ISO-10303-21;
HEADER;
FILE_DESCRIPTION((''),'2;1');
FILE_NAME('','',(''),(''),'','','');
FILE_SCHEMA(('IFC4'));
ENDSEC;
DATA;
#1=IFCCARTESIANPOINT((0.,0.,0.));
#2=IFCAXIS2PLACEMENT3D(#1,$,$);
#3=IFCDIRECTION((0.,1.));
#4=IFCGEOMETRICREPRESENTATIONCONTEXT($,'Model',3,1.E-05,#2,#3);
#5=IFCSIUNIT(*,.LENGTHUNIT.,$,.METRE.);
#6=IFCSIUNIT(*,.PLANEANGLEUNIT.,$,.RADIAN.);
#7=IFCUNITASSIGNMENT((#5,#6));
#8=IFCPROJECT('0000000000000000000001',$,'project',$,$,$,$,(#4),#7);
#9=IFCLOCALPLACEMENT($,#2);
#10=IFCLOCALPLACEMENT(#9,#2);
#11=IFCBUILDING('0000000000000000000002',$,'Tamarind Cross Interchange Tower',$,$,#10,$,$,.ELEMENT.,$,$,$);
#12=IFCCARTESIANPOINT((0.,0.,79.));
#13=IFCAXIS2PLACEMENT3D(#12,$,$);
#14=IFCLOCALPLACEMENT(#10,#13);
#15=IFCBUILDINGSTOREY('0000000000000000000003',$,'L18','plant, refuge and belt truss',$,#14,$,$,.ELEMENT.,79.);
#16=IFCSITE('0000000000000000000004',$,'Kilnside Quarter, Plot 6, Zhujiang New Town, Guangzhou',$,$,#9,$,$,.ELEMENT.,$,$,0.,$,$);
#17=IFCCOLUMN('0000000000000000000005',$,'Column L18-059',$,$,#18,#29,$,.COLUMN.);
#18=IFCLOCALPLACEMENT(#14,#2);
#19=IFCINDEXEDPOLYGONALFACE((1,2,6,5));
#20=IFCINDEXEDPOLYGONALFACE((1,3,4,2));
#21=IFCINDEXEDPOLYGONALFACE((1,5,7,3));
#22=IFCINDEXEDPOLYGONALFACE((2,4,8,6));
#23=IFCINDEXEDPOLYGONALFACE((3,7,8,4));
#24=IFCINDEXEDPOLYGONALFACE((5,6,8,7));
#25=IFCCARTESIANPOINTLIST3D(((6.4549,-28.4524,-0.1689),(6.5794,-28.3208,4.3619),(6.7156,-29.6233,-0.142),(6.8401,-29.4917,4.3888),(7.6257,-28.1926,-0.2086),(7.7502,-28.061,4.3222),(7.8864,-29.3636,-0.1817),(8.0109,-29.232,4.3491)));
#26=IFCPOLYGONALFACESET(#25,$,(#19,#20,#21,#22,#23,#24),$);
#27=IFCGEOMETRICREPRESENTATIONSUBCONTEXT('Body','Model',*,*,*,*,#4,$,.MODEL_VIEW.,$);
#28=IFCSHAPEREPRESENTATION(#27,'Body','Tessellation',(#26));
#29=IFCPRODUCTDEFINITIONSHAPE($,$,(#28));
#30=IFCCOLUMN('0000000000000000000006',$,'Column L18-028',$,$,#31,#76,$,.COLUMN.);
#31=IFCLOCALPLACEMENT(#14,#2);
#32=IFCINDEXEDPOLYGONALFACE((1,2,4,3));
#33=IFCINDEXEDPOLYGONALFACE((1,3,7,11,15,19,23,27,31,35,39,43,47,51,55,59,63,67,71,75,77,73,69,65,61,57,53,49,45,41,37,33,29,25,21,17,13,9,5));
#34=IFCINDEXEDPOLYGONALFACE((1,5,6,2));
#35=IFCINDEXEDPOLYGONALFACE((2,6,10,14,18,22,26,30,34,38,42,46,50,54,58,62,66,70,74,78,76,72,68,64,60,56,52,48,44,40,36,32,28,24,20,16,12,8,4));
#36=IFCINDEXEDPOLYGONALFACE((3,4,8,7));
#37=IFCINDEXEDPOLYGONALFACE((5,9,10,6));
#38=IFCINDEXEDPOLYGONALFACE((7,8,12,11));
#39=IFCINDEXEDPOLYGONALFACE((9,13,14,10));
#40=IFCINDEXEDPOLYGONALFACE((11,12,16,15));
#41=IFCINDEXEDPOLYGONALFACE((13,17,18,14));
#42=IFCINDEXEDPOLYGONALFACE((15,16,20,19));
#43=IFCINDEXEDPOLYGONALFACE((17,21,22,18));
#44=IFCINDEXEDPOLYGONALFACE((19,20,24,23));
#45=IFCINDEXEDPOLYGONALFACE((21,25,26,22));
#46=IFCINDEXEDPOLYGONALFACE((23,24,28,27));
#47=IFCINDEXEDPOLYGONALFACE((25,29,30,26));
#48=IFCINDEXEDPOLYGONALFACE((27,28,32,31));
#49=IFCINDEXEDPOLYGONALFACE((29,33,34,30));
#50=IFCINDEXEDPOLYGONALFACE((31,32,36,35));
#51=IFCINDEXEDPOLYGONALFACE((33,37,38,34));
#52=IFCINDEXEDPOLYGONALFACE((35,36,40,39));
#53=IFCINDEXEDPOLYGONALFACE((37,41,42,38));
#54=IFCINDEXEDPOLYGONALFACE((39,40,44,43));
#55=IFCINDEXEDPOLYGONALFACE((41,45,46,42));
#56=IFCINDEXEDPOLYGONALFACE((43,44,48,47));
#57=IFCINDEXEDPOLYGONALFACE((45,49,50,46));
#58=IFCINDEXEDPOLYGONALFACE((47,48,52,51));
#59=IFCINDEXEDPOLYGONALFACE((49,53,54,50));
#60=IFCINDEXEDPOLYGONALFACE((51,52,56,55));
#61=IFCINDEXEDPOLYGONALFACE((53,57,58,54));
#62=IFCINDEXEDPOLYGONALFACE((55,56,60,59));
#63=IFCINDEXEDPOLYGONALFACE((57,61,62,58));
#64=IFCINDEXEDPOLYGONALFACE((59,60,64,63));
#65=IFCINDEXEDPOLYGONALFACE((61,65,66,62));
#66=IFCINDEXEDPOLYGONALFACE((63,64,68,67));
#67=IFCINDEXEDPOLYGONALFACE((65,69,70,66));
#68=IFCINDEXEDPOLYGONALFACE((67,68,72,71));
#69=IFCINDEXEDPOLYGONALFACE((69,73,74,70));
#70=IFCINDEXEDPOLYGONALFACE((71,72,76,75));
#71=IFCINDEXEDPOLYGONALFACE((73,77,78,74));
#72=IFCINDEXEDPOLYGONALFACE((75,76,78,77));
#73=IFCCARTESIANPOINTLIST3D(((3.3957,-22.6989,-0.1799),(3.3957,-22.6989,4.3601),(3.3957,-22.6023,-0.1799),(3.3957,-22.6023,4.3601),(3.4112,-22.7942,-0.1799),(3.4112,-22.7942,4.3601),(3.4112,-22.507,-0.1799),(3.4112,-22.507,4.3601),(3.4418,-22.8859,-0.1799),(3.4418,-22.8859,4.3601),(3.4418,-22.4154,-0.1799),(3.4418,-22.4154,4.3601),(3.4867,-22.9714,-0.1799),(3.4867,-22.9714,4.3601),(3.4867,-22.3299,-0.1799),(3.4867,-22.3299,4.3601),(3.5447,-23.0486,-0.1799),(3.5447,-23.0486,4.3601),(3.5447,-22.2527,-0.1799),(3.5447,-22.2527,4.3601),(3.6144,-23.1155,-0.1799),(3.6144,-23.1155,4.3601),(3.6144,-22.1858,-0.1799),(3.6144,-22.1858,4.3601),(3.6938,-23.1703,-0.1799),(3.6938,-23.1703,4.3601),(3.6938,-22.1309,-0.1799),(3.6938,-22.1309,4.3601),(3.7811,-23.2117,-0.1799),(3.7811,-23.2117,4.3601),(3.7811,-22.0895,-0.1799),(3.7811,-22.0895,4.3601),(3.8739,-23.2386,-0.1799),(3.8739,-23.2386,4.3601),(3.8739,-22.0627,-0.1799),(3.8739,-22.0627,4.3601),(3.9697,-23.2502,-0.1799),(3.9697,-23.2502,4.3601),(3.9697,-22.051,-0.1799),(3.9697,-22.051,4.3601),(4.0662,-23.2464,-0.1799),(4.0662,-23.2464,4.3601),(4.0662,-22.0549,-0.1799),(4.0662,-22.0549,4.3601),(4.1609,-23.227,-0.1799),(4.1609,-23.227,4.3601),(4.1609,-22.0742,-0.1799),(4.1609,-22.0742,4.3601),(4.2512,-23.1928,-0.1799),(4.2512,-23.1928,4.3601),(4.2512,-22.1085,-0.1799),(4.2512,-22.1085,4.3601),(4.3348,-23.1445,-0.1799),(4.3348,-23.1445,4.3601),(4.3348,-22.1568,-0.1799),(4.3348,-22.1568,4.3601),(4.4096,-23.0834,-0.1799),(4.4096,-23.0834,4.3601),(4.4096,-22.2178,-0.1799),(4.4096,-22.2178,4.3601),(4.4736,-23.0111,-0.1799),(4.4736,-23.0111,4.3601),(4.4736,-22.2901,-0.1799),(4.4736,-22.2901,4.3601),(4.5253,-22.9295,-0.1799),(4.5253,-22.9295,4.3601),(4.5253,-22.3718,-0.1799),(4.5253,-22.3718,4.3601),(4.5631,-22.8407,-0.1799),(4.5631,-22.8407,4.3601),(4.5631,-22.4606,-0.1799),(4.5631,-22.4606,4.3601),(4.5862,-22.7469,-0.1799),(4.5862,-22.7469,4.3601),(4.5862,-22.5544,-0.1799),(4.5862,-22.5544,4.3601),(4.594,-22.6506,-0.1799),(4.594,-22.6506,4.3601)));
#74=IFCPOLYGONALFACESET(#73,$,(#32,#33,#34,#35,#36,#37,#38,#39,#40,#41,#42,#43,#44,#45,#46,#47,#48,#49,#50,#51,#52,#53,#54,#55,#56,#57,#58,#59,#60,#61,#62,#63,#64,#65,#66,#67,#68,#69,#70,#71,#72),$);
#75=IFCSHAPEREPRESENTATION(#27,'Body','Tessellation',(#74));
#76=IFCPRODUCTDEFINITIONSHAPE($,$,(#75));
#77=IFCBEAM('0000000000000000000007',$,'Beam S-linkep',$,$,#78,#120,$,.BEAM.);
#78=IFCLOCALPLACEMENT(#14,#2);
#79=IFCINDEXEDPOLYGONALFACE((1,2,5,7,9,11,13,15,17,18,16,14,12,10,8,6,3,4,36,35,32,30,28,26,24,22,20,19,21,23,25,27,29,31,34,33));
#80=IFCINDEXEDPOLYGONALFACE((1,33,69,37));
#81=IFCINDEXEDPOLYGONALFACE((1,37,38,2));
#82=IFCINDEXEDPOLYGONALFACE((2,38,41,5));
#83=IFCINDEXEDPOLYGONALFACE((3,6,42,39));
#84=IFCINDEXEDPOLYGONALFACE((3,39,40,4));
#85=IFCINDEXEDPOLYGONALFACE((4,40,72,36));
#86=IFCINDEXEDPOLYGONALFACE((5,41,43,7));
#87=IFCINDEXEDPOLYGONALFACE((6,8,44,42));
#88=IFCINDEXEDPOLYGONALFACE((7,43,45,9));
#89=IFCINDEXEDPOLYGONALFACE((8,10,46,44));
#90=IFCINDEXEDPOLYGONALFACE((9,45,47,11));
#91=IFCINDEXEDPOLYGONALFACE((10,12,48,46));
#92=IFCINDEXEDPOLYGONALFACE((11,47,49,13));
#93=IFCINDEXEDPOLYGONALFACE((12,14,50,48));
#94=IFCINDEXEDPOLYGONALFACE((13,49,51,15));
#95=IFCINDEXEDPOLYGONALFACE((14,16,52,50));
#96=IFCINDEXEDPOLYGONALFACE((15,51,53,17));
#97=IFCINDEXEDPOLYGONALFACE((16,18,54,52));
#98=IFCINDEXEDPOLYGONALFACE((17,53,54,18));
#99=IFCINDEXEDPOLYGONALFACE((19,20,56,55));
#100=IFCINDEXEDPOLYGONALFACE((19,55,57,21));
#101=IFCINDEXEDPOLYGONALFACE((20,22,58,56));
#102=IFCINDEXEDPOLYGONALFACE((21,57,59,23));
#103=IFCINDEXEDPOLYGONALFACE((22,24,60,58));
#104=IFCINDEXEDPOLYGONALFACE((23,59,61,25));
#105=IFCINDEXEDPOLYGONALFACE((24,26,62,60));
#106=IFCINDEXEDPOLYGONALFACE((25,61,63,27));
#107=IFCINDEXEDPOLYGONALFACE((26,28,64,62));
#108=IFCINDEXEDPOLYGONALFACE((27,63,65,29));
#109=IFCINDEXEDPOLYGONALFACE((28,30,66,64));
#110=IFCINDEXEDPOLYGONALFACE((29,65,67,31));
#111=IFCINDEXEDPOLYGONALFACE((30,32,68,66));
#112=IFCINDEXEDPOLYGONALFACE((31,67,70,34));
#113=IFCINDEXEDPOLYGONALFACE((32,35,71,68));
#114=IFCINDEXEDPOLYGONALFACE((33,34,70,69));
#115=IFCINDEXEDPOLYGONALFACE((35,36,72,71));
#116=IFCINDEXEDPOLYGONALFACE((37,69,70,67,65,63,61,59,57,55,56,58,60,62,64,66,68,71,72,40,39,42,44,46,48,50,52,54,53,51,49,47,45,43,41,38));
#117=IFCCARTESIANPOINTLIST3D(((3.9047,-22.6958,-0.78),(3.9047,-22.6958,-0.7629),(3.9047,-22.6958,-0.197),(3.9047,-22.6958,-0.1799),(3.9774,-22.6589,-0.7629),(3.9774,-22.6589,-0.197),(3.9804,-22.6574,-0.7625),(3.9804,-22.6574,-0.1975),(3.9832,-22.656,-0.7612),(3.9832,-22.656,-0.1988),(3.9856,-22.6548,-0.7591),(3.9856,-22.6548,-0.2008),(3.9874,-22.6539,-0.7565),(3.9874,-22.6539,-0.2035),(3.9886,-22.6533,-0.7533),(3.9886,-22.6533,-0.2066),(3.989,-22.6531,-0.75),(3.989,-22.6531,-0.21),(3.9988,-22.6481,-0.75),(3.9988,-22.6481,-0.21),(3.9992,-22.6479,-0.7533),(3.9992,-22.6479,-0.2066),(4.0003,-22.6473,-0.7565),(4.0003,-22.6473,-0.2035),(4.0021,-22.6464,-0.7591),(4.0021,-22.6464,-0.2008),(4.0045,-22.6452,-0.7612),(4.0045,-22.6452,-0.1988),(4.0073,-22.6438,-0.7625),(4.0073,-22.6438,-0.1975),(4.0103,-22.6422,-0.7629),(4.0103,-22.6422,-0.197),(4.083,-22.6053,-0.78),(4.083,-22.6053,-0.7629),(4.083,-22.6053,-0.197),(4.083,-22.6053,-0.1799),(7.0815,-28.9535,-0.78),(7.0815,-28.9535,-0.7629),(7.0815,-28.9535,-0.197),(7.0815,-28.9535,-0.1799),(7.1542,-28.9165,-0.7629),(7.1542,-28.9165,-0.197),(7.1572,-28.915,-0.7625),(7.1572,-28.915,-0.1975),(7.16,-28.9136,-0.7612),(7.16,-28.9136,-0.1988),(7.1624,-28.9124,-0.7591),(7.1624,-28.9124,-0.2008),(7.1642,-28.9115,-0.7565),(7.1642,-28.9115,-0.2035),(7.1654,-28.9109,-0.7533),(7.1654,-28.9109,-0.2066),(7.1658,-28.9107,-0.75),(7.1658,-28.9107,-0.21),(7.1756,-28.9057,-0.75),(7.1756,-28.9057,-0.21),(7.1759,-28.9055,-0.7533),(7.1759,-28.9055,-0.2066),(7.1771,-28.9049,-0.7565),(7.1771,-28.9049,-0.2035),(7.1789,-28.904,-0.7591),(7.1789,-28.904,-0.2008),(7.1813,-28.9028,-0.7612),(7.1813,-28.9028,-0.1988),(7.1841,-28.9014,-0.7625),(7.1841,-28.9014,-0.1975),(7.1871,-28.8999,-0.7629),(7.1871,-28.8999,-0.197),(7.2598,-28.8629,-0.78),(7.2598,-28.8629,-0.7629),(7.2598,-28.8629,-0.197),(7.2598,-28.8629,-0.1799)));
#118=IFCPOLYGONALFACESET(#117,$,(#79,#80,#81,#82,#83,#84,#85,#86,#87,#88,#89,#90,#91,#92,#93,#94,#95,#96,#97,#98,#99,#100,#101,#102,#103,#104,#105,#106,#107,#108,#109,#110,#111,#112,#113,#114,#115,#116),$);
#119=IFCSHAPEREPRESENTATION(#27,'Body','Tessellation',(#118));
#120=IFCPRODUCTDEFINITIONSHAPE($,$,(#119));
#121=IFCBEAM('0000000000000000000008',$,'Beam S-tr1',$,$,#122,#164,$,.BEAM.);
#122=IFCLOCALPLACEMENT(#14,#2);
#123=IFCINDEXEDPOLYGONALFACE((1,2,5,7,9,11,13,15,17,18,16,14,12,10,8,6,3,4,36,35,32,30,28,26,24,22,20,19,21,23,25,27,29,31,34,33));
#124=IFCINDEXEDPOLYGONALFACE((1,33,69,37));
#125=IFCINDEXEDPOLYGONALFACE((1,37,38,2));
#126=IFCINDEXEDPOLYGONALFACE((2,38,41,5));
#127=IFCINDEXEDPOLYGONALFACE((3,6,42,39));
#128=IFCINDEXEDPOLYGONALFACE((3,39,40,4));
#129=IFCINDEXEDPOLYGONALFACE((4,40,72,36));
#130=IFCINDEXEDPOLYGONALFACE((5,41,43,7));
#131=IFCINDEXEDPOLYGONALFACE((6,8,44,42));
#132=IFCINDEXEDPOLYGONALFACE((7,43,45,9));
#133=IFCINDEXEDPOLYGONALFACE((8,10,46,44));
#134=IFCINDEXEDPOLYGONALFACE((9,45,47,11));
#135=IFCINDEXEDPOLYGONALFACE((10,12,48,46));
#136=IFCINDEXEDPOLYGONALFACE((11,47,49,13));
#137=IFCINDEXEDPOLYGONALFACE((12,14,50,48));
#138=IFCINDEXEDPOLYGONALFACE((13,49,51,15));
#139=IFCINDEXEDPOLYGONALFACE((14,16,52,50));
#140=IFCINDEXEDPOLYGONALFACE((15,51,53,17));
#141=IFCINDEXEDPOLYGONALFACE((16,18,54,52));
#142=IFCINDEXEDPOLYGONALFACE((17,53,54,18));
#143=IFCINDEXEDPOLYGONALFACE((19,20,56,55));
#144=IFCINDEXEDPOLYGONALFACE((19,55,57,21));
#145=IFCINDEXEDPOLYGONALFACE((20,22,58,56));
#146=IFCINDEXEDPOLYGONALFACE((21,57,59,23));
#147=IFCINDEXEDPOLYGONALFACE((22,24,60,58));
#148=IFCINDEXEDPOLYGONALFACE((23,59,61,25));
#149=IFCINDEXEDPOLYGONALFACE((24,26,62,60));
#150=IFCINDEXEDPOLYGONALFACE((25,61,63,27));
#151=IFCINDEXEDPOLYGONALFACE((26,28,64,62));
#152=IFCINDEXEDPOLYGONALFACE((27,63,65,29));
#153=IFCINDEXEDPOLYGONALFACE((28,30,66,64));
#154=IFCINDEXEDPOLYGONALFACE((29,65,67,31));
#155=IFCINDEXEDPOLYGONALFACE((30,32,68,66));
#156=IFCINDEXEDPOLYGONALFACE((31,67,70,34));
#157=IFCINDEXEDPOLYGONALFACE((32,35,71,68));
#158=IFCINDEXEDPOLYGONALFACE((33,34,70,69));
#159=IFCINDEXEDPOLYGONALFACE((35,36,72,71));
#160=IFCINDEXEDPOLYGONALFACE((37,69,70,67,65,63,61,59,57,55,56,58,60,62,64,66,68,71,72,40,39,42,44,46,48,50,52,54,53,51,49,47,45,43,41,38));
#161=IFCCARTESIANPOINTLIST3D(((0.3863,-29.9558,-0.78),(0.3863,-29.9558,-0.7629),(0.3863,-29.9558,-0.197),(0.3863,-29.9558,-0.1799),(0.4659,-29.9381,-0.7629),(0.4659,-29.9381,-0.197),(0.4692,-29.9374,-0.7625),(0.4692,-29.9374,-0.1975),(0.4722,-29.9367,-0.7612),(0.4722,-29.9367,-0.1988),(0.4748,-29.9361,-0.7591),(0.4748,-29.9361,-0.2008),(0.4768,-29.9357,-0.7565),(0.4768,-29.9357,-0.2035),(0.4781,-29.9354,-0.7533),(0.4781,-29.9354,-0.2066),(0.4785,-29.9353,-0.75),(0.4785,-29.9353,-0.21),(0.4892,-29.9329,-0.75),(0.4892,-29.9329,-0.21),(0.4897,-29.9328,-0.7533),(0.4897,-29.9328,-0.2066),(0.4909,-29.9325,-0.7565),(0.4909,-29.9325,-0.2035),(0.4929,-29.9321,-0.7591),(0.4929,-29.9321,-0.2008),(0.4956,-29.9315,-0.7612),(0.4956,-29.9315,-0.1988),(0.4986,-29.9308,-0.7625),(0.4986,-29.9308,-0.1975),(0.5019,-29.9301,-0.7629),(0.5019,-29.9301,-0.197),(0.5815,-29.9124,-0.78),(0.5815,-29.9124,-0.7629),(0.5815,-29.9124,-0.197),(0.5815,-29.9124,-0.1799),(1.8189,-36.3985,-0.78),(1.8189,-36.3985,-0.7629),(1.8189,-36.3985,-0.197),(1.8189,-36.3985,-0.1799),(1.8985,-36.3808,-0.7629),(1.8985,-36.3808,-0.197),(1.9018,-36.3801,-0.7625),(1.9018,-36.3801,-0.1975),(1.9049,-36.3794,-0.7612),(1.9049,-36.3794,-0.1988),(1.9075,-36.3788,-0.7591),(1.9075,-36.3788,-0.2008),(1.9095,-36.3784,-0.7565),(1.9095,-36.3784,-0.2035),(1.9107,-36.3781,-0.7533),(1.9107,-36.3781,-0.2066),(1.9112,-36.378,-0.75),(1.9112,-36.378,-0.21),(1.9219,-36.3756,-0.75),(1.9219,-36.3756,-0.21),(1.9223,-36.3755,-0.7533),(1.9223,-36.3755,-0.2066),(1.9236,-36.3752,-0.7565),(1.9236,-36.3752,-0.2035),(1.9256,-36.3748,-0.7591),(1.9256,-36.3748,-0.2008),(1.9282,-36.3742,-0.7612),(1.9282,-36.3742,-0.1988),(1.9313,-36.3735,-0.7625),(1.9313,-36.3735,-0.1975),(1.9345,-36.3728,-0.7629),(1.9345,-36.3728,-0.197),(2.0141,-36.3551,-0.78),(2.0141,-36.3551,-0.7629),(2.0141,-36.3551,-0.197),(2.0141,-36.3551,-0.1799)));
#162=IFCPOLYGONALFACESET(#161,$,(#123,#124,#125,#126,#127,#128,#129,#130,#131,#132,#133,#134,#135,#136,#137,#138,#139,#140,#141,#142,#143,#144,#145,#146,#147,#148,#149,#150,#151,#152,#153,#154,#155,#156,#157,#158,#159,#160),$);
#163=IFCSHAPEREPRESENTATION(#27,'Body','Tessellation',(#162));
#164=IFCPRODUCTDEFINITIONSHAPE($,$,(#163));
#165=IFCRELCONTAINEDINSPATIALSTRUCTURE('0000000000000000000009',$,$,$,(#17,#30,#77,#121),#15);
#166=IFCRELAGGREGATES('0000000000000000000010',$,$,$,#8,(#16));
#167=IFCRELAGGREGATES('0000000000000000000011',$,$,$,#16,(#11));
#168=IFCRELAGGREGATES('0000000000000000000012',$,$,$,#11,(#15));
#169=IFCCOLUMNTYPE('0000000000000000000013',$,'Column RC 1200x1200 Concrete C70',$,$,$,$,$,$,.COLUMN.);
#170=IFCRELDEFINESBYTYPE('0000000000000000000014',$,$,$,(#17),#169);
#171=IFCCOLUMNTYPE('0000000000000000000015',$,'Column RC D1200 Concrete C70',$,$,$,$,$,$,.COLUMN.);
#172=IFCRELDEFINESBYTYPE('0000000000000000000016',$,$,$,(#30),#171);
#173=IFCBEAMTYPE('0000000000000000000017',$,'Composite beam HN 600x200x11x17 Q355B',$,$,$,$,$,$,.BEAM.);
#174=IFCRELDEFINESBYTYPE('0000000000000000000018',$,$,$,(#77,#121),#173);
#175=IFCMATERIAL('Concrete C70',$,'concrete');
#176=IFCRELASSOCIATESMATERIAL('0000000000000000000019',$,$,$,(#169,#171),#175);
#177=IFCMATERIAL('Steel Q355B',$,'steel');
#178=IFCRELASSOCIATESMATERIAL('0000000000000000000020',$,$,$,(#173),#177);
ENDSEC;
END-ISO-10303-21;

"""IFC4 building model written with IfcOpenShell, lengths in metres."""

from ifc_helpers import new_model, si_unit, direction, frame, origin, origin_2d, place, context, subcontext, project, spatial, rectangle, circle, i_section, extrude, material, material_profile, profile_set, type_object, element, save


model = new_model("IFC4")

# Units and contexts
model_context = context("Model", 3, precision=1e-05, world=origin(), true_north=direction((0.0, 1.0)))
body_context = subcontext(model_context, "Body", "Model", "MODEL_VIEW")
ifc_project = project(units=[si_unit("LENGTHUNIT", "METRE"), si_unit("PLANEANGLEUNIT", "RADIAN")], contexts=[model_context])

# Site, building, storey
site_placement = place(None, origin())
site = spatial("IfcSite", under=ifc_project, at=site_placement, Name="Kilnside Quarter, Plot 6, Zhujiang New Town, Guangzhou", CompositionType="ELEMENT", RefElevation=0.0)
building_placement = place(site_placement, origin())
building = spatial("IfcBuilding", under=site, at=building_placement, Name="Tamarind Cross Interchange Tower", CompositionType="ELEMENT")
storey_placement = place(building_placement, frame((0.0, 0.0, 79.0)))
storey = spatial("IfcBuildingStorey", under=building, at=storey_placement, Name="L18", Description="plant, refuge and belt truss", CompositionType="ELEMENT", Elevation=79.0)

# Columns
ifc_material_1 = material(Name="Concrete C70", Category="concrete")
ifc_material_profile_1 = material_profile(ifc_material_1, rectangle(XDim=1.2, YDim=1.2, at=origin_2d()), Name="RC 1200x1200")
ifc_profile_set_1 = profile_set([ifc_material_profile_1], Name="Concrete C70")
column_type_1 = type_object("IfcColumnType", Name="Column RC 1200x1200 Concrete C70", PredefinedType="COLUMN", material=ifc_profile_set_1)
column_1_placement = place(storey_placement, frame((7.1707, -28.908, -0.1753), z_axis=(0.027459, 0.029021, 0.999202), x_axis=(-0.975725, -0.216482, 0.033102)))
element("IfcColumn", 1, at=column_1_placement, inside=storey, type_object=column_type_1, Name="Column L18-059", PredefinedType="COLUMN", context=body_context, shape_type="SweptSolid", body=[
    extrude(rectangle(XDim=1.2, YDim=1.2, at=origin_2d()), origin(), (0.0, 0.0, 1.0), 4.5344),
])
ifc_material_profile_2 = material_profile(ifc_material_1, circle(Radius=0.6001, at=origin_2d()), Name="RC D1200")
ifc_profile_set_2 = profile_set([ifc_material_profile_2], Name="Concrete C70")
column_type_2 = type_object("IfcColumnType", Name="Column RC D1200 Concrete C70", PredefinedType="COLUMN", material=ifc_profile_set_2)
column_2_placement = place(storey_placement, frame((3.9939, -22.6506, -0.1799), z_axis=(0.0, 0.0, 1.0), x_axis=(1.0, 0.0, 0.0)))
element("IfcColumn", 2, at=column_2_placement, inside=storey, type_object=column_type_2, Name="Column L18-028", PredefinedType="COLUMN", context=body_context, shape_type="SweptSolid", body=[
    extrude(circle(Radius=0.6001, at=origin_2d()), origin(), (0.0, 0.0, 1.0), 4.54),
])

# Beams
ifc_material_2 = material(Name="Steel Q355B", Category="steel")
ifc_material_profile_3 = material_profile(ifc_material_2, i_section(OverallWidth=0.2, OverallDepth=0.6001, WebThickness=0.011, FlangeThickness=0.0171, FilletRadius=0.0129, at=origin_2d()), Name="HN 600x200x11x17")
ifc_profile_set_3 = profile_set([ifc_material_profile_3], Name="Steel Q355B")
beam_type = type_object("IfcBeamType", Name="Composite beam HN 600x200x11x17 Q355B", PredefinedType="BEAM", material=ifc_profile_set_3)
beam_placement = place(storey_placement, frame((7.1707, -28.9082, -0.48), z_axis=(-0.452674, 0.891676, 0.0), x_axis=(-0.891676, -0.452674, 0.0)))
element("IfcBeam", 3, at=beam_placement, inside=storey, type_object=beam_type, Name="Beam S-linkep", PredefinedType="BEAM", context=body_context, shape_type="SweptSolid", body=[
    extrude(i_section(OverallWidth=0.2, OverallDepth=0.6001, WebThickness=0.011, FlangeThickness=0.0171, FilletRadius=0.0129, at=origin_2d()), origin(), (0.0, 0.0, 1.0), 7.0178),
])
for number, where, z_axis, x_axis, name in (
    (4, (0.4839, -29.9341, -0.48), (0.217064, -0.976157, 0.0), (0.976157, 0.217064, 0.0), "Beam S-tr1"),
):
    element("IfcBeam", number, at=place(storey_placement, frame(where, z_axis=z_axis, x_axis=x_axis)), inside=storey, type_object=beam_type, Name=name, PredefinedType="BEAM", context=body_context, shape_type="SweptSolid", body=[
        extrude(i_section(OverallWidth=0.2, OverallDepth=0.6001, WebThickness=0.011, FlangeThickness=0.0171, FilletRadius=0.0129, at=origin_2d()), origin(), (0.0, 0.0, 1.0), 6.6001),
    ])

save(model, "model.ifc")
